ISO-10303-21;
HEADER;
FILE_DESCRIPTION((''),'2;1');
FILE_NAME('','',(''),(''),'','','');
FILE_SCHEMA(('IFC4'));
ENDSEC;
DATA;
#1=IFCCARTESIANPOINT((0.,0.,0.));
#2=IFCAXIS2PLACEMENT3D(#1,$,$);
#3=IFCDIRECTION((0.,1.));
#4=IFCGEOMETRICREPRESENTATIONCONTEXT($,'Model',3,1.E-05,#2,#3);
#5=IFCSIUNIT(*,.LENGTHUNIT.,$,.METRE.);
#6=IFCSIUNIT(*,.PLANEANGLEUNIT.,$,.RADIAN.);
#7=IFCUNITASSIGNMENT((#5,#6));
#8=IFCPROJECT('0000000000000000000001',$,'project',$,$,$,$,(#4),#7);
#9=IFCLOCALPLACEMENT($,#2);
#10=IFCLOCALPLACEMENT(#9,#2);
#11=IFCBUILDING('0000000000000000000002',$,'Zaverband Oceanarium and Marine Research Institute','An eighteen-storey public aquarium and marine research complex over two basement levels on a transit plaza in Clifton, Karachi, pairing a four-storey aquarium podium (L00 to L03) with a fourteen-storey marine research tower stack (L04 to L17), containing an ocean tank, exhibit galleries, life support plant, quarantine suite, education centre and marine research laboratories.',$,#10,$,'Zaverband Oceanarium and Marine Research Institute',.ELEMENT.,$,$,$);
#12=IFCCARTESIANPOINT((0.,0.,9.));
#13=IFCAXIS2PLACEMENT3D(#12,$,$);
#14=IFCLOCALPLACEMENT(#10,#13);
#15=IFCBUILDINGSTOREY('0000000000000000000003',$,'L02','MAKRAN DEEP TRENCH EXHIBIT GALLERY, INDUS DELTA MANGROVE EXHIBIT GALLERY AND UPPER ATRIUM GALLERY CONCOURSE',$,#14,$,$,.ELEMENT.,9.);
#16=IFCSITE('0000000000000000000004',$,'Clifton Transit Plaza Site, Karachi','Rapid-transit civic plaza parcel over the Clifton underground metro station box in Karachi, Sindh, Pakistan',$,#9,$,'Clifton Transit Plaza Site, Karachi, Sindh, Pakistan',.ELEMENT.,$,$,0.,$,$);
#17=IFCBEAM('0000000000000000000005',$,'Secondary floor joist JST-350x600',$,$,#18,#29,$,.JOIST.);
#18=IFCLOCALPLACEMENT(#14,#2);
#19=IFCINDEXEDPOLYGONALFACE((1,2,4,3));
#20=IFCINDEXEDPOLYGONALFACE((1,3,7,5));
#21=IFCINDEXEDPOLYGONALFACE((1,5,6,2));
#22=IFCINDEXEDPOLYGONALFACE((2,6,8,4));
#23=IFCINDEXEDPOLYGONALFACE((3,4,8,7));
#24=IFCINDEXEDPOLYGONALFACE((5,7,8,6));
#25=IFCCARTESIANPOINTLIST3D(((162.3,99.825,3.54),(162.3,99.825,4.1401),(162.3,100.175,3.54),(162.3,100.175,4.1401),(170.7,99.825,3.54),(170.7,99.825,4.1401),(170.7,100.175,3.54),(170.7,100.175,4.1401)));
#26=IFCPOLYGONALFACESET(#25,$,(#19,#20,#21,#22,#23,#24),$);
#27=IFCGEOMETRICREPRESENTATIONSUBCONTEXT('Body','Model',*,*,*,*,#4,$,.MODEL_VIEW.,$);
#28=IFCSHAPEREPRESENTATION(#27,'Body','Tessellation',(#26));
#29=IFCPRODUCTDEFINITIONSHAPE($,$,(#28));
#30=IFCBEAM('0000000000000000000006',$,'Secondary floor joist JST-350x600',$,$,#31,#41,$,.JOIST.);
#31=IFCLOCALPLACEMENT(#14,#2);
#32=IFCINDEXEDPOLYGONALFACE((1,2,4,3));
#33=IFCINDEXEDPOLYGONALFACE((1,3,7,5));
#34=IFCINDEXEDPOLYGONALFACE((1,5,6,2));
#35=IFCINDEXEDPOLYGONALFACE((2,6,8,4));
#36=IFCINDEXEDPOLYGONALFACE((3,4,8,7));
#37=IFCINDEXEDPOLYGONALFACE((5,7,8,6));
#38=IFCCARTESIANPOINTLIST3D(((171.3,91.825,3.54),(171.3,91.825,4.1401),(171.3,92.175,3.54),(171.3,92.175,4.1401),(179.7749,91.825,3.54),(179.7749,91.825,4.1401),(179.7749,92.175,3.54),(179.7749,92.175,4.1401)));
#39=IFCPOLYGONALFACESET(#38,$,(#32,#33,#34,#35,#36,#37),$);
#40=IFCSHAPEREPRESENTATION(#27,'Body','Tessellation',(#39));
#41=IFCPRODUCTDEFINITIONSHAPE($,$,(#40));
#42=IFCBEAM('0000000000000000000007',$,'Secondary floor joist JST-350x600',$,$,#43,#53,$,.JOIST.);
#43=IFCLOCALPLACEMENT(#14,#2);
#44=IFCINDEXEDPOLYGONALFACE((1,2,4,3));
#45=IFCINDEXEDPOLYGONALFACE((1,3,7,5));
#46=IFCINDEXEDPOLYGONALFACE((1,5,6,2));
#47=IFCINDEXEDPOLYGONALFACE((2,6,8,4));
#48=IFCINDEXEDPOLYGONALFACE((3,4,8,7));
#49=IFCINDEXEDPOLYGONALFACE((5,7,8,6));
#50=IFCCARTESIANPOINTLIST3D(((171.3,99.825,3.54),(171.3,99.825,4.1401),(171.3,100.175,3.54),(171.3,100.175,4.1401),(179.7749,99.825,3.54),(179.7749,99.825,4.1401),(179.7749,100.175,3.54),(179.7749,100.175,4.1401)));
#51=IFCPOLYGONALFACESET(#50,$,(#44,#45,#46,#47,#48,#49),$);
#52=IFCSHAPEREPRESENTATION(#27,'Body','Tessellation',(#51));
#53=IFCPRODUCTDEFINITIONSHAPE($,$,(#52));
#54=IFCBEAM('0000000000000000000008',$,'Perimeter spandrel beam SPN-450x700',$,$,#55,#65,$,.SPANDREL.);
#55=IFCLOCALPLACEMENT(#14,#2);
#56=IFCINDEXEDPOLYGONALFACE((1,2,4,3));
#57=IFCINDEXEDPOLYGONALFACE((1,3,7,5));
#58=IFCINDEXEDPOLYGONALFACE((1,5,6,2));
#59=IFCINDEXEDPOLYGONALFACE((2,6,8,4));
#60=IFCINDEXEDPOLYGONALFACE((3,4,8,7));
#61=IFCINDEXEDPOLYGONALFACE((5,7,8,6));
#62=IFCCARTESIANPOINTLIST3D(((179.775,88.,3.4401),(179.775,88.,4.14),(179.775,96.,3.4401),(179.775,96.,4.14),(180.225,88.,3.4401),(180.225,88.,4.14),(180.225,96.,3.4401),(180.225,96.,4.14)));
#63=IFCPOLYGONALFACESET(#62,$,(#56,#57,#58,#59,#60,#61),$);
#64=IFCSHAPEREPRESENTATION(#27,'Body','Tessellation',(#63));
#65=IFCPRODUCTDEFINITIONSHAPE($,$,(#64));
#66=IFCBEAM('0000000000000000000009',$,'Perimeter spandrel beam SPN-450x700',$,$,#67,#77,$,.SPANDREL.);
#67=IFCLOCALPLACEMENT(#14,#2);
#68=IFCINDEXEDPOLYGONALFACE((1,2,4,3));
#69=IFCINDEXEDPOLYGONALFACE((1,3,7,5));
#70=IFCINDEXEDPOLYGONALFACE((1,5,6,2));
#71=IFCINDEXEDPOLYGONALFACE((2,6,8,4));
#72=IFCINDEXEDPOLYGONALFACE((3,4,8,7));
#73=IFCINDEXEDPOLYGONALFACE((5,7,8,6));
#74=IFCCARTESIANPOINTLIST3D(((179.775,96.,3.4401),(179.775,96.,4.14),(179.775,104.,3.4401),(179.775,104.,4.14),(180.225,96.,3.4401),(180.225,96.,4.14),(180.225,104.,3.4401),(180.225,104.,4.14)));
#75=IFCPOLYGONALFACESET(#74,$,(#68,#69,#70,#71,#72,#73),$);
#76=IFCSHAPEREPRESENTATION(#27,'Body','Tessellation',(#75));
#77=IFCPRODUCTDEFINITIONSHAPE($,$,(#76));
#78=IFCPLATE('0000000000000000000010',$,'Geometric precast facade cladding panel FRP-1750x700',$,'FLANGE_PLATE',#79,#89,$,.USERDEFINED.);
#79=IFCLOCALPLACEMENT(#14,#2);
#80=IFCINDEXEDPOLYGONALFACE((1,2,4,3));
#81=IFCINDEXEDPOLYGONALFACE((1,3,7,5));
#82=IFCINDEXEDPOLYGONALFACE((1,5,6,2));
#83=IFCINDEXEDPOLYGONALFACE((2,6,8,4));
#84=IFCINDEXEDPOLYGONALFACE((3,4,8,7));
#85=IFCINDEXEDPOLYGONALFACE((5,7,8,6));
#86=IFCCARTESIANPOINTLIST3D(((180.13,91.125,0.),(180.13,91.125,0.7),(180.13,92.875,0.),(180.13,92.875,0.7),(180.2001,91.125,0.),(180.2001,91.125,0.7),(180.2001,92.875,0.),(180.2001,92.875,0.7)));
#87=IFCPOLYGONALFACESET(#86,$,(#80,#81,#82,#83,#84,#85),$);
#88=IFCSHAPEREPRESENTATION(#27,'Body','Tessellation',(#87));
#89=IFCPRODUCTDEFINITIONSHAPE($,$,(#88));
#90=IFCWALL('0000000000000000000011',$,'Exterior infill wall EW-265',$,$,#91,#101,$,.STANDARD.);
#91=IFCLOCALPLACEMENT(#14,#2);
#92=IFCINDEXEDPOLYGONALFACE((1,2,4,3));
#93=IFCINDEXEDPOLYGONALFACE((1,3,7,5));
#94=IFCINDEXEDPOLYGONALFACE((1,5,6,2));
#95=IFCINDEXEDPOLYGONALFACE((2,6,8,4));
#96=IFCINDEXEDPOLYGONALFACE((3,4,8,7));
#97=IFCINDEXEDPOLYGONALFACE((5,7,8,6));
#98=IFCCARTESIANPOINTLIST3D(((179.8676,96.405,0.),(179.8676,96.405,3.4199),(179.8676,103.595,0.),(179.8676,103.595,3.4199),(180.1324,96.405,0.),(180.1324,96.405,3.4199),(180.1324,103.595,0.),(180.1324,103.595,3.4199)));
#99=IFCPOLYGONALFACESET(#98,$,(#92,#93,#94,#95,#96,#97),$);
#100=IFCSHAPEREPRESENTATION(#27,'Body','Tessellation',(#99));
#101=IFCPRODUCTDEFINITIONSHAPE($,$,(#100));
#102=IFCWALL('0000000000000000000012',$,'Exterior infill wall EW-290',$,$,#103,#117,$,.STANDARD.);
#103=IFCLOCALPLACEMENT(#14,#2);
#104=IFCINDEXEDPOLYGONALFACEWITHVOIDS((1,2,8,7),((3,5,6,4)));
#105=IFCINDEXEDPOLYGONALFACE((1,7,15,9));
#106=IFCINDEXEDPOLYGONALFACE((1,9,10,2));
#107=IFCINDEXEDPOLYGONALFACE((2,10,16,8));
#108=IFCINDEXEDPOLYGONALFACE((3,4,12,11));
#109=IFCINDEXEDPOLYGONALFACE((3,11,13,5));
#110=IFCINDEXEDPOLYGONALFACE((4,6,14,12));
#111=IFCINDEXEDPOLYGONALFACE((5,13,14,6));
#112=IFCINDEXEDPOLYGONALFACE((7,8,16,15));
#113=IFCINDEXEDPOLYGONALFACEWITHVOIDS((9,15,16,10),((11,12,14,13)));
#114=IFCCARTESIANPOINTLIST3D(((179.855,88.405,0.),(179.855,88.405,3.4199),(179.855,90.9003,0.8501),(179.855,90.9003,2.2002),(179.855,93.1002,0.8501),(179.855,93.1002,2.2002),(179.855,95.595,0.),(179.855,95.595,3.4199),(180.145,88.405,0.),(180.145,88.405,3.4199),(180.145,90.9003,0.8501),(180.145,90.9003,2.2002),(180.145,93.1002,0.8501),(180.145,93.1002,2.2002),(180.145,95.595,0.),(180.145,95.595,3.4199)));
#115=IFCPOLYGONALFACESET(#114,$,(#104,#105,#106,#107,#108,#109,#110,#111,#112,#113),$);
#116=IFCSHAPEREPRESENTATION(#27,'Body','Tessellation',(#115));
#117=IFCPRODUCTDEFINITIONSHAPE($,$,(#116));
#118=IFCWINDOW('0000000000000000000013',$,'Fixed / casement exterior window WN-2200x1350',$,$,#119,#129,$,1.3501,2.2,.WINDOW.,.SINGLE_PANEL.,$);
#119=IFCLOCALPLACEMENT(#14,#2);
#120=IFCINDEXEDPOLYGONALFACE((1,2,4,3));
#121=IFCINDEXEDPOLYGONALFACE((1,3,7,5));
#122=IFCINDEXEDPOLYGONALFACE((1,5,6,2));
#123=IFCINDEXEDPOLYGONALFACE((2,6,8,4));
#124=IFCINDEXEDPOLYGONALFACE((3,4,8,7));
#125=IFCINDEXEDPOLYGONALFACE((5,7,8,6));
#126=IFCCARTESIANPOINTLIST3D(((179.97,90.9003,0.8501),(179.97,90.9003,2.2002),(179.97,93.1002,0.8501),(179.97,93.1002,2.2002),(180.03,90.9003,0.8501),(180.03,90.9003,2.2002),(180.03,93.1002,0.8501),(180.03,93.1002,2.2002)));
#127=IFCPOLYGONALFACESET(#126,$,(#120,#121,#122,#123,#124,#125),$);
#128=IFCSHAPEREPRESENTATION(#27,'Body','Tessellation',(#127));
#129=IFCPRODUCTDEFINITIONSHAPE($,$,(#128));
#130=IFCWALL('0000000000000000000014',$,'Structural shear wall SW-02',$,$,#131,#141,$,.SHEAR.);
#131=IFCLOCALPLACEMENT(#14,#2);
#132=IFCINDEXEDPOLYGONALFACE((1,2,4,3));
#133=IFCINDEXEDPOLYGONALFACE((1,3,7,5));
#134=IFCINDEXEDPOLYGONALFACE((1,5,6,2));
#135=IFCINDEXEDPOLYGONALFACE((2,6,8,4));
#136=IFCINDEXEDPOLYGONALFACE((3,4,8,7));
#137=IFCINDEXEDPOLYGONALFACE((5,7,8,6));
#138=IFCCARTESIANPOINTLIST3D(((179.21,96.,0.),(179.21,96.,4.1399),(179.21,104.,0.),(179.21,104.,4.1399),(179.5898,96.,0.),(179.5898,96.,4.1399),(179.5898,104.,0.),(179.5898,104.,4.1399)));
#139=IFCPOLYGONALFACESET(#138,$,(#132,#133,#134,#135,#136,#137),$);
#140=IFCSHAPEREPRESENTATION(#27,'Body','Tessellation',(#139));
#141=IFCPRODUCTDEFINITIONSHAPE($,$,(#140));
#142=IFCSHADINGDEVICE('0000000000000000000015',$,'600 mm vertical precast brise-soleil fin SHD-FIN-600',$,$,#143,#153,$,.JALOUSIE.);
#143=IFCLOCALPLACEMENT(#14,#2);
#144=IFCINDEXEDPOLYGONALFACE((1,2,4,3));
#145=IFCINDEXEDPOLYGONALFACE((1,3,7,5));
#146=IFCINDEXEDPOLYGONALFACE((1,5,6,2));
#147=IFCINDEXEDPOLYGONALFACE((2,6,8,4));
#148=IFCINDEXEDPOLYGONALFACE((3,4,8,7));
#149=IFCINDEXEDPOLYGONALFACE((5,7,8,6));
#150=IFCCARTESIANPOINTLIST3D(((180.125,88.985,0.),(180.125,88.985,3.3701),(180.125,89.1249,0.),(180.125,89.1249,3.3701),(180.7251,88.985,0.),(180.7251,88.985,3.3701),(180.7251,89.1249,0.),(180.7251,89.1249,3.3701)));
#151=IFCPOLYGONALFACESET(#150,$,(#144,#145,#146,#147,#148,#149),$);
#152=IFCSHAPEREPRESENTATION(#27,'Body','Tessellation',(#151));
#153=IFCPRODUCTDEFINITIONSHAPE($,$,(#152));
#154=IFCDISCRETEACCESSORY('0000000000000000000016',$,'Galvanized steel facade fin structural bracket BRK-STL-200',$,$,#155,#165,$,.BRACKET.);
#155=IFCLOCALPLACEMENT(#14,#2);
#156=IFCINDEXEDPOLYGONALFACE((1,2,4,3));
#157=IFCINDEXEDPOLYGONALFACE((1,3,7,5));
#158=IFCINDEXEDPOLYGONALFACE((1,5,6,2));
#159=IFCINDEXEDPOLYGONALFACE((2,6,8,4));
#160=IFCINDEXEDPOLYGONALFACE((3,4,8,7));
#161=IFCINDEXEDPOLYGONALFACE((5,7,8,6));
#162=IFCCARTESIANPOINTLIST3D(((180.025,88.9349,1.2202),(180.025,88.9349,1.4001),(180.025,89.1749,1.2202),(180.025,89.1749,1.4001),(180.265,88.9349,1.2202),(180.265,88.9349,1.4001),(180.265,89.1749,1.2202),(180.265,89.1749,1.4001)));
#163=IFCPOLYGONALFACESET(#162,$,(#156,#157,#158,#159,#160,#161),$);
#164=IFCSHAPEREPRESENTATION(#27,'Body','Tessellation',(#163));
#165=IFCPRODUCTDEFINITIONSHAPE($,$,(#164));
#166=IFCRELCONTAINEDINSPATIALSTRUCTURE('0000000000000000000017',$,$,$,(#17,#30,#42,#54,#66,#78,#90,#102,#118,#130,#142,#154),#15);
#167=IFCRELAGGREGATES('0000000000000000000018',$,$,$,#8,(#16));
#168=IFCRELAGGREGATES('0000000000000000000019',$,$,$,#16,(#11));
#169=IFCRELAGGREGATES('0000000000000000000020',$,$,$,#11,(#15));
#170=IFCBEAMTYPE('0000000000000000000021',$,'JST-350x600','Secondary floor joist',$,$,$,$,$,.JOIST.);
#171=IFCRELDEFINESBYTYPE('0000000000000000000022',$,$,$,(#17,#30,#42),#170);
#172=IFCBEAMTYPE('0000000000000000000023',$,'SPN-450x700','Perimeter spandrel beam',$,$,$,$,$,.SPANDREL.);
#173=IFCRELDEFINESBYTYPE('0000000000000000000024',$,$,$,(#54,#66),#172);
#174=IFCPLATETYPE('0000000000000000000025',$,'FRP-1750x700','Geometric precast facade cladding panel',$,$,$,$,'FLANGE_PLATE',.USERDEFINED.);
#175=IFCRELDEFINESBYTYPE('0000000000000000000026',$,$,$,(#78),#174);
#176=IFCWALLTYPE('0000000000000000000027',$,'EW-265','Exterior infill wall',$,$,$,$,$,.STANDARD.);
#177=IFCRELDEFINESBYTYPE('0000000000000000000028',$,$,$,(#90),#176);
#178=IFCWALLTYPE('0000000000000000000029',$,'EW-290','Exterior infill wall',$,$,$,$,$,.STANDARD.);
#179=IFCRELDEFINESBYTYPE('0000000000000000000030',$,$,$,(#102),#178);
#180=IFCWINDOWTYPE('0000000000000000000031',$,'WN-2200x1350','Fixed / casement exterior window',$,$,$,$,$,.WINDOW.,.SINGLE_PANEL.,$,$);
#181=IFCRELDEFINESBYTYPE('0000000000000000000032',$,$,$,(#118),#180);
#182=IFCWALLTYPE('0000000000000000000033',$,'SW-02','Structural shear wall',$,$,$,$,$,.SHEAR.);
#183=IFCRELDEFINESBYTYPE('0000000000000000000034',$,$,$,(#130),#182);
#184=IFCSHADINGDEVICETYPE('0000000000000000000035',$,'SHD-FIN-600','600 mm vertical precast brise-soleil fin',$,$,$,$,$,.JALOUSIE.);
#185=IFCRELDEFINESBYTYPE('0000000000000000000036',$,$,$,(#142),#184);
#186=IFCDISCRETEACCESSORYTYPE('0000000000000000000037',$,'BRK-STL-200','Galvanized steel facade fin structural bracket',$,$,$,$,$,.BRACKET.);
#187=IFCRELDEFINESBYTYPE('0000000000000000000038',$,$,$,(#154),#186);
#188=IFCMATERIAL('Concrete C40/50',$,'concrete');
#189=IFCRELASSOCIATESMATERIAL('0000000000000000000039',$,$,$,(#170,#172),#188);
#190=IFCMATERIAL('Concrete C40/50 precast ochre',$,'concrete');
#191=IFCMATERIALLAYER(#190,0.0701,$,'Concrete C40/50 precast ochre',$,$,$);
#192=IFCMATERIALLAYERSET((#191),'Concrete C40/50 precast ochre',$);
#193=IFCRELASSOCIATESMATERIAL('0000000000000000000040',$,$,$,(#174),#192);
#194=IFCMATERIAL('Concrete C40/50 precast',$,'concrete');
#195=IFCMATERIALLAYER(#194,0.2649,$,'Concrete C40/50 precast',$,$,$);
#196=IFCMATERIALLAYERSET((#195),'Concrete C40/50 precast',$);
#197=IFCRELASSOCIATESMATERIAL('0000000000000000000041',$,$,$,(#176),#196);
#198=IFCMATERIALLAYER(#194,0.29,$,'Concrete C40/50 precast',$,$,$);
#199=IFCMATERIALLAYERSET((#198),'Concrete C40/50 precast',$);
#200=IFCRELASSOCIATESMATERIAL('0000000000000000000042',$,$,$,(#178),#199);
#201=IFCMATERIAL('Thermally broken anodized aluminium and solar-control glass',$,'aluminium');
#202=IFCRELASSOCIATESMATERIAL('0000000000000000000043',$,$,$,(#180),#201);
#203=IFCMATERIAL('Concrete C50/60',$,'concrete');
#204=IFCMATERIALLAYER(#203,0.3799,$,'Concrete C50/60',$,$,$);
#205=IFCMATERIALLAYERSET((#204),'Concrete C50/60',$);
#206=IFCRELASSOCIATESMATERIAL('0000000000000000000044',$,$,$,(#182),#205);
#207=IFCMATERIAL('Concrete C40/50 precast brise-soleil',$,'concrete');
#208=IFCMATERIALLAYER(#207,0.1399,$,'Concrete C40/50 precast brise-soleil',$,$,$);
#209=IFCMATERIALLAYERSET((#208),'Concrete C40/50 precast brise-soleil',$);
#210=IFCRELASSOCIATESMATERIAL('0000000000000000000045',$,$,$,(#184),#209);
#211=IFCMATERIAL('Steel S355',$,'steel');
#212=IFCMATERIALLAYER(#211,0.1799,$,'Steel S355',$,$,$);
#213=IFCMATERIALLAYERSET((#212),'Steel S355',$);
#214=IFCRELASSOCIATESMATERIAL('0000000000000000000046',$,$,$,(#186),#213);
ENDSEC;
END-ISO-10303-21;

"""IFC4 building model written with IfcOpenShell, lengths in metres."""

from ifc_helpers import new_model, si_unit, direction, frame, frame_2d, origin, origin_2d, place, context, subcontext, project, spatial, rectangle, extrude, material, layer, layer_set, material_profile, profile_set, type_object, element, fill, save


model = new_model("IFC4")

# Units and contexts
model_context = context("Model", 3, precision=1e-05, world=origin(), true_north=direction((0.0, 1.0)))
body_context = subcontext(model_context, "Body", "Model", "MODEL_VIEW")
ifc_project = project(units=[si_unit("LENGTHUNIT", "METRE"), si_unit("PLANEANGLEUNIT", "RADIAN")], contexts=[model_context])

# Site, building, storey
site_placement = place(None, origin())
site = spatial("IfcSite", under=ifc_project, at=site_placement, Name="Clifton Transit Plaza Site, Karachi", Description="Rapid-transit civic plaza parcel over the Clifton underground metro station box in Karachi, Sindh, Pakistan", LongName="Clifton Transit Plaza Site, Karachi, Sindh, Pakistan", CompositionType="ELEMENT", RefElevation=0.0)
building_placement = place(site_placement, origin())
building = spatial("IfcBuilding", under=site, at=building_placement, Name="Zaverband Oceanarium and Marine Research Institute", Description="An eighteen-storey public aquarium and marine research complex over two basement levels on a transit plaza in Clifton, Karachi, pairing a four-storey aquarium podium (L00 to L03) with a fourteen-storey marine research tower stack (L04 to L17), containing an ocean tank, exhibit galleries, life support plant, quarantine suite, education centre and marine research laboratories.", LongName="Zaverband Oceanarium and Marine Research Institute", CompositionType="ELEMENT")
storey_placement = place(building_placement, frame((0.0, 0.0, 9.0)))
storey = spatial("IfcBuildingStorey", under=building, at=storey_placement, Name="L02", Description="MAKRAN DEEP TRENCH EXHIBIT GALLERY, INDUS DELTA MANGROVE EXHIBIT GALLERY AND UPPER ATRIUM GALLERY CONCOURSE", CompositionType="ELEMENT", Elevation=9.0)

# Shared definitions
ifc_material_1 = material(Name="Concrete C50/60", Category="concrete")

# Beams
ifc_material_2 = material(Name="Concrete C40/50", Category="concrete")
ifc_material_profile_1 = material_profile(ifc_material_2, rectangle(XDim=0.3501, YDim=0.6001, at=origin_2d()), Name="RC350x600")
ifc_profile_set_1 = profile_set([ifc_material_profile_1], Name="Concrete C40/50")
beam_type_1 = type_object("IfcBeamType", Name="JST-350x600", Description="Secondary floor joist", PredefinedType="JOIST", material=ifc_profile_set_1)
for number, where, z_axis, x_axis, name in (
    (1, (162.3, 100.0, 3.8401), (1.0, 0.0, 0.0), (0.0, 1.0, 0.0), "Secondary floor joist JST-350x600"),
):
    element("IfcBeam", number, at=place(storey_placement, frame(where, z_axis=z_axis, x_axis=x_axis)), inside=storey, type_object=beam_type_1, Name=name, PredefinedType="JOIST", context=body_context, shape_type="SweptSolid", body=[
        extrude(rectangle(XDim=0.3501, YDim=0.6001, at=origin_2d()), origin(), (0.0, 0.0, 1.0), 8.3999),
    ])
for number, where, z_axis, x_axis, name in (
    (2, (171.3, 92.0, 3.8401), (1.0, 0.0, 0.0), (0.0, 1.0, 0.0), "Secondary floor joist JST-350x600"),
    (3, (171.3, 100.0, 3.8401), (1.0, 0.0, 0.0), (0.0, 1.0, 0.0), "Secondary floor joist JST-350x600"),
):
    element("IfcBeam", number, at=place(storey_placement, frame(where, z_axis=z_axis, x_axis=x_axis)), inside=storey, type_object=beam_type_1, Name=name, PredefinedType="JOIST", context=body_context, shape_type="SweptSolid", body=[
        extrude(rectangle(XDim=0.3501, YDim=0.6001, at=origin_2d()), origin(), (0.0, 0.0, 1.0), 8.4749),
    ])
ifc_material_profile_2 = material_profile(ifc_material_2, rectangle(XDim=0.45, YDim=0.7, at=origin_2d()), Name="RC450x700")
ifc_profile_set_2 = profile_set([ifc_material_profile_2], Name="Concrete C40/50")
beam_type_2 = type_object("IfcBeamType", Name="SPN-450x700", Description="Perimeter spandrel beam", PredefinedType="SPANDREL", material=ifc_profile_set_2)
for number, where, z_axis, x_axis, name in (
    (4, (180.0, 88.0, 3.79), (0.0, 1.0, 0.0), (-1.0, 0.0, 0.0), "Perimeter spandrel beam SPN-450x700"),
    (5, (180.0, 96.0, 3.79), (0.0, 1.0, 0.0), (-1.0, 0.0, 0.0), "Perimeter spandrel beam SPN-450x700"),
):
    element("IfcBeam", number, at=place(storey_placement, frame(where, z_axis=z_axis, x_axis=x_axis)), inside=storey, type_object=beam_type_2, Name=name, PredefinedType="SPANDREL", context=body_context, shape_type="SweptSolid", body=[
        extrude(rectangle(XDim=0.45, YDim=0.7, at=origin_2d()), origin(), (0.0, 0.0, 1.0), 8.0),
    ])

# Plate
ifc_material_3 = material(Name="Concrete C40/50 precast ochre", Category="concrete")
ifc_layer_1 = layer(ifc_material_3, 0.0701, Name="Concrete C40/50 precast ochre")
ifc_layer_set_1 = layer_set([ifc_layer_1], Name="Concrete C40/50 precast ochre")
plate_type = type_object("IfcPlateType", Name="FRP-1750x700", Description="Geometric precast facade cladding panel", ElementType="FLANGE_PLATE", PredefinedType="USERDEFINED", material=ifc_layer_set_1)
plate_placement = place(storey_placement, frame((180.165, 91.125, 0.0), z_axis=(0.0, 0.0, 1.0), x_axis=(0.0, 1.0, 0.0)))
element("IfcPlate", 6, at=plate_placement, inside=storey, type_object=plate_type, Name="Geometric precast facade cladding panel FRP-1750x700", ObjectType="FLANGE_PLATE", PredefinedType="USERDEFINED", context=body_context, shape_type="SweptSolid", body=[
    extrude(rectangle(XDim=1.75, YDim=0.0701, at=frame_2d((0.875, 0.0))), origin(), (0.0, 0.0, 1.0), 0.7),
])

# Wall
ifc_material_4 = material(Name="Concrete C40/50 precast", Category="concrete")
ifc_layer_2 = layer(ifc_material_4, 0.2649, Name="Concrete C40/50 precast")
ifc_layer_set_2 = layer_set([ifc_layer_2], Name="Concrete C40/50 precast")
wall_type_1 = type_object("IfcWallType", Name="EW-265", Description="Exterior infill wall", PredefinedType="STANDARD", material=ifc_layer_set_2)
wall_1_placement = place(storey_placement, frame((180.0, 96.405, 0.0), z_axis=(0.0, 0.0, 1.0), x_axis=(0.0, 1.0, 0.0)))
element("IfcWall", 7, at=wall_1_placement, inside=storey, type_object=wall_type_1, Name="Exterior infill wall EW-265", PredefinedType="STANDARD", context=body_context, shape_type="SweptSolid", body=[
    extrude(rectangle(XDim=7.1899, YDim=0.2649, at=frame_2d((3.595, 0.0))), origin(), (0.0, 0.0, 1.0), 3.4199),
])

# Wall, opening, window
ifc_layer_3 = layer(ifc_material_4, 0.29, Name="Concrete C40/50 precast")
ifc_layer_set_3 = layer_set([ifc_layer_3], Name="Concrete C40/50 precast")
wall_type_2 = type_object("IfcWallType", Name="EW-290", Description="Exterior infill wall", PredefinedType="STANDARD", material=ifc_layer_set_3)
wall_2_placement = place(storey_placement, frame((180.0, 88.405, 0.0), z_axis=(0.0, 0.0, 1.0), x_axis=(0.0, 1.0, 0.0)))
wall_2 = element("IfcWall", 8, at=wall_2_placement, inside=storey, type_object=wall_type_2, Name="Exterior infill wall EW-290", PredefinedType="STANDARD", context=body_context, shape_type="SweptSolid", body=[
    extrude(rectangle(XDim=7.1899, YDim=0.29, at=frame_2d((3.595, 0.0))), origin(), (0.0, 0.0, 1.0), 3.4199),
])
opening_placement = place(wall_2_placement, frame((2.4951, 0.0, 0.8501)))
opening = element("IfcOpeningElement", 9, at=opening_placement, cuts=wall_2, PredefinedType="OPENING", context=body_context, shape_type="SweptSolid", body=[
    extrude(rectangle(XDim=2.2, YDim=1.3501, at=frame_2d((1.1001, 0.675))), frame((0.0, 0.157, 0.0), z_axis=(0.0, -1.0, 0.0), x_axis=(1.0, 0.0, 0.0)), (0.0, 0.0, 1.0), 0.314),
])
ifc_material_5 = material(Name="Thermally broken anodized aluminium and solar-control glass", Category="aluminium")
window_type = type_object("IfcWindowType", Name="WN-2200x1350", Description="Fixed / casement exterior window", PartitioningType="SINGLE_PANEL", PredefinedType="WINDOW", material=ifc_material_5)
window_placement = place(opening_placement, origin())
window = element("IfcWindow", 10, at=window_placement, inside=storey, type_object=window_type, Name="Fixed / casement exterior window WN-2200x1350", OverallHeight=1.3501, OverallWidth=2.2, PartitioningType="SINGLE_PANEL", PredefinedType="WINDOW", context=body_context, shape_type="SweptSolid", body=[
    extrude(rectangle(XDim=2.2, YDim=1.3501, at=frame_2d((1.1001, 0.675))), frame((0.0, 0.03, 0.0), z_axis=(0.0, -1.0, 0.0), x_axis=(1.0, 0.0, 0.0)), (0.0, 0.0, 1.0), 0.0601),
])
fill(opening, window)

# Wall
ifc_layer_4 = layer(ifc_material_1, 0.3799, Name="Concrete C50/60")
ifc_layer_set_4 = layer_set([ifc_layer_4], Name="Concrete C50/60")
wall_type_3 = type_object("IfcWallType", Name="SW-02", Description="Structural shear wall", PredefinedType="SHEAR", material=ifc_layer_set_4)
wall_3_placement = place(storey_placement, frame((179.3999, 96.0, 0.0), z_axis=(0.0, 0.0, 1.0), x_axis=(0.0, 1.0, 0.0)))
element("IfcWall", 11, at=wall_3_placement, inside=storey, type_object=wall_type_3, Name="Structural shear wall SW-02", PredefinedType="SHEAR", context=body_context, shape_type="SweptSolid", body=[
    extrude(rectangle(XDim=8.0, YDim=0.3799, at=frame_2d((4.0, 0.0))), origin(), (0.0, 0.0, 1.0), 4.1399),
])

# Shading device
ifc_material_6 = material(Name="Concrete C40/50 precast brise-soleil", Category="concrete")
ifc_layer_5 = layer(ifc_material_6, 0.1399, Name="Concrete C40/50 precast brise-soleil")
ifc_layer_set_5 = layer_set([ifc_layer_5], Name="Concrete C40/50 precast brise-soleil")
shading_device_type = type_object("IfcShadingDeviceType", Name="SHD-FIN-600", Description="600 mm vertical precast brise-soleil fin", PredefinedType="JALOUSIE", material=ifc_layer_set_5)
shading_device_placement = place(storey_placement, frame((180.125, 89.0549, 0.0), z_axis=(0.0, 0.0, 1.0), x_axis=(1.0, 0.0, 0.0)))
element("IfcShadingDevice", 12, at=shading_device_placement, inside=storey, type_object=shading_device_type, Name="600 mm vertical precast brise-soleil fin SHD-FIN-600", PredefinedType="JALOUSIE", context=body_context, shape_type="SweptSolid", body=[
    extrude(rectangle(XDim=0.6001, YDim=0.1399, at=frame_2d((0.3, 0.0))), origin(), (0.0, 0.0, 1.0), 3.3701),
])

# Discrete accessory
ifc_material_7 = material(Name="Steel S355", Category="steel")
ifc_layer_6 = layer(ifc_material_7, 0.1799, Name="Steel S355")
ifc_layer_set_6 = layer_set([ifc_layer_6], Name="Steel S355")
discrete_accessory_type = type_object("IfcDiscreteAccessoryType", Name="BRK-STL-200", Description="Galvanized steel facade fin structural bracket", PredefinedType="BRACKET", material=ifc_layer_set_6)
discrete_accessory_placement = place(storey_placement, frame((180.145, 89.0549, 1.2202), z_axis=(0.0, 0.0, 1.0), x_axis=(1.0, 0.0, 0.0)))
element("IfcDiscreteAccessory", 13, at=discrete_accessory_placement, inside=storey, type_object=discrete_accessory_type, Name="Galvanized steel facade fin structural bracket BRK-STL-200", PredefinedType="BRACKET", context=body_context, shape_type="SweptSolid", body=[
    extrude(rectangle(XDim=0.24, YDim=0.24, at=origin_2d()), origin(), (0.0, 0.0, 1.0), 0.1799),
])

save(model, "model.ifc")
